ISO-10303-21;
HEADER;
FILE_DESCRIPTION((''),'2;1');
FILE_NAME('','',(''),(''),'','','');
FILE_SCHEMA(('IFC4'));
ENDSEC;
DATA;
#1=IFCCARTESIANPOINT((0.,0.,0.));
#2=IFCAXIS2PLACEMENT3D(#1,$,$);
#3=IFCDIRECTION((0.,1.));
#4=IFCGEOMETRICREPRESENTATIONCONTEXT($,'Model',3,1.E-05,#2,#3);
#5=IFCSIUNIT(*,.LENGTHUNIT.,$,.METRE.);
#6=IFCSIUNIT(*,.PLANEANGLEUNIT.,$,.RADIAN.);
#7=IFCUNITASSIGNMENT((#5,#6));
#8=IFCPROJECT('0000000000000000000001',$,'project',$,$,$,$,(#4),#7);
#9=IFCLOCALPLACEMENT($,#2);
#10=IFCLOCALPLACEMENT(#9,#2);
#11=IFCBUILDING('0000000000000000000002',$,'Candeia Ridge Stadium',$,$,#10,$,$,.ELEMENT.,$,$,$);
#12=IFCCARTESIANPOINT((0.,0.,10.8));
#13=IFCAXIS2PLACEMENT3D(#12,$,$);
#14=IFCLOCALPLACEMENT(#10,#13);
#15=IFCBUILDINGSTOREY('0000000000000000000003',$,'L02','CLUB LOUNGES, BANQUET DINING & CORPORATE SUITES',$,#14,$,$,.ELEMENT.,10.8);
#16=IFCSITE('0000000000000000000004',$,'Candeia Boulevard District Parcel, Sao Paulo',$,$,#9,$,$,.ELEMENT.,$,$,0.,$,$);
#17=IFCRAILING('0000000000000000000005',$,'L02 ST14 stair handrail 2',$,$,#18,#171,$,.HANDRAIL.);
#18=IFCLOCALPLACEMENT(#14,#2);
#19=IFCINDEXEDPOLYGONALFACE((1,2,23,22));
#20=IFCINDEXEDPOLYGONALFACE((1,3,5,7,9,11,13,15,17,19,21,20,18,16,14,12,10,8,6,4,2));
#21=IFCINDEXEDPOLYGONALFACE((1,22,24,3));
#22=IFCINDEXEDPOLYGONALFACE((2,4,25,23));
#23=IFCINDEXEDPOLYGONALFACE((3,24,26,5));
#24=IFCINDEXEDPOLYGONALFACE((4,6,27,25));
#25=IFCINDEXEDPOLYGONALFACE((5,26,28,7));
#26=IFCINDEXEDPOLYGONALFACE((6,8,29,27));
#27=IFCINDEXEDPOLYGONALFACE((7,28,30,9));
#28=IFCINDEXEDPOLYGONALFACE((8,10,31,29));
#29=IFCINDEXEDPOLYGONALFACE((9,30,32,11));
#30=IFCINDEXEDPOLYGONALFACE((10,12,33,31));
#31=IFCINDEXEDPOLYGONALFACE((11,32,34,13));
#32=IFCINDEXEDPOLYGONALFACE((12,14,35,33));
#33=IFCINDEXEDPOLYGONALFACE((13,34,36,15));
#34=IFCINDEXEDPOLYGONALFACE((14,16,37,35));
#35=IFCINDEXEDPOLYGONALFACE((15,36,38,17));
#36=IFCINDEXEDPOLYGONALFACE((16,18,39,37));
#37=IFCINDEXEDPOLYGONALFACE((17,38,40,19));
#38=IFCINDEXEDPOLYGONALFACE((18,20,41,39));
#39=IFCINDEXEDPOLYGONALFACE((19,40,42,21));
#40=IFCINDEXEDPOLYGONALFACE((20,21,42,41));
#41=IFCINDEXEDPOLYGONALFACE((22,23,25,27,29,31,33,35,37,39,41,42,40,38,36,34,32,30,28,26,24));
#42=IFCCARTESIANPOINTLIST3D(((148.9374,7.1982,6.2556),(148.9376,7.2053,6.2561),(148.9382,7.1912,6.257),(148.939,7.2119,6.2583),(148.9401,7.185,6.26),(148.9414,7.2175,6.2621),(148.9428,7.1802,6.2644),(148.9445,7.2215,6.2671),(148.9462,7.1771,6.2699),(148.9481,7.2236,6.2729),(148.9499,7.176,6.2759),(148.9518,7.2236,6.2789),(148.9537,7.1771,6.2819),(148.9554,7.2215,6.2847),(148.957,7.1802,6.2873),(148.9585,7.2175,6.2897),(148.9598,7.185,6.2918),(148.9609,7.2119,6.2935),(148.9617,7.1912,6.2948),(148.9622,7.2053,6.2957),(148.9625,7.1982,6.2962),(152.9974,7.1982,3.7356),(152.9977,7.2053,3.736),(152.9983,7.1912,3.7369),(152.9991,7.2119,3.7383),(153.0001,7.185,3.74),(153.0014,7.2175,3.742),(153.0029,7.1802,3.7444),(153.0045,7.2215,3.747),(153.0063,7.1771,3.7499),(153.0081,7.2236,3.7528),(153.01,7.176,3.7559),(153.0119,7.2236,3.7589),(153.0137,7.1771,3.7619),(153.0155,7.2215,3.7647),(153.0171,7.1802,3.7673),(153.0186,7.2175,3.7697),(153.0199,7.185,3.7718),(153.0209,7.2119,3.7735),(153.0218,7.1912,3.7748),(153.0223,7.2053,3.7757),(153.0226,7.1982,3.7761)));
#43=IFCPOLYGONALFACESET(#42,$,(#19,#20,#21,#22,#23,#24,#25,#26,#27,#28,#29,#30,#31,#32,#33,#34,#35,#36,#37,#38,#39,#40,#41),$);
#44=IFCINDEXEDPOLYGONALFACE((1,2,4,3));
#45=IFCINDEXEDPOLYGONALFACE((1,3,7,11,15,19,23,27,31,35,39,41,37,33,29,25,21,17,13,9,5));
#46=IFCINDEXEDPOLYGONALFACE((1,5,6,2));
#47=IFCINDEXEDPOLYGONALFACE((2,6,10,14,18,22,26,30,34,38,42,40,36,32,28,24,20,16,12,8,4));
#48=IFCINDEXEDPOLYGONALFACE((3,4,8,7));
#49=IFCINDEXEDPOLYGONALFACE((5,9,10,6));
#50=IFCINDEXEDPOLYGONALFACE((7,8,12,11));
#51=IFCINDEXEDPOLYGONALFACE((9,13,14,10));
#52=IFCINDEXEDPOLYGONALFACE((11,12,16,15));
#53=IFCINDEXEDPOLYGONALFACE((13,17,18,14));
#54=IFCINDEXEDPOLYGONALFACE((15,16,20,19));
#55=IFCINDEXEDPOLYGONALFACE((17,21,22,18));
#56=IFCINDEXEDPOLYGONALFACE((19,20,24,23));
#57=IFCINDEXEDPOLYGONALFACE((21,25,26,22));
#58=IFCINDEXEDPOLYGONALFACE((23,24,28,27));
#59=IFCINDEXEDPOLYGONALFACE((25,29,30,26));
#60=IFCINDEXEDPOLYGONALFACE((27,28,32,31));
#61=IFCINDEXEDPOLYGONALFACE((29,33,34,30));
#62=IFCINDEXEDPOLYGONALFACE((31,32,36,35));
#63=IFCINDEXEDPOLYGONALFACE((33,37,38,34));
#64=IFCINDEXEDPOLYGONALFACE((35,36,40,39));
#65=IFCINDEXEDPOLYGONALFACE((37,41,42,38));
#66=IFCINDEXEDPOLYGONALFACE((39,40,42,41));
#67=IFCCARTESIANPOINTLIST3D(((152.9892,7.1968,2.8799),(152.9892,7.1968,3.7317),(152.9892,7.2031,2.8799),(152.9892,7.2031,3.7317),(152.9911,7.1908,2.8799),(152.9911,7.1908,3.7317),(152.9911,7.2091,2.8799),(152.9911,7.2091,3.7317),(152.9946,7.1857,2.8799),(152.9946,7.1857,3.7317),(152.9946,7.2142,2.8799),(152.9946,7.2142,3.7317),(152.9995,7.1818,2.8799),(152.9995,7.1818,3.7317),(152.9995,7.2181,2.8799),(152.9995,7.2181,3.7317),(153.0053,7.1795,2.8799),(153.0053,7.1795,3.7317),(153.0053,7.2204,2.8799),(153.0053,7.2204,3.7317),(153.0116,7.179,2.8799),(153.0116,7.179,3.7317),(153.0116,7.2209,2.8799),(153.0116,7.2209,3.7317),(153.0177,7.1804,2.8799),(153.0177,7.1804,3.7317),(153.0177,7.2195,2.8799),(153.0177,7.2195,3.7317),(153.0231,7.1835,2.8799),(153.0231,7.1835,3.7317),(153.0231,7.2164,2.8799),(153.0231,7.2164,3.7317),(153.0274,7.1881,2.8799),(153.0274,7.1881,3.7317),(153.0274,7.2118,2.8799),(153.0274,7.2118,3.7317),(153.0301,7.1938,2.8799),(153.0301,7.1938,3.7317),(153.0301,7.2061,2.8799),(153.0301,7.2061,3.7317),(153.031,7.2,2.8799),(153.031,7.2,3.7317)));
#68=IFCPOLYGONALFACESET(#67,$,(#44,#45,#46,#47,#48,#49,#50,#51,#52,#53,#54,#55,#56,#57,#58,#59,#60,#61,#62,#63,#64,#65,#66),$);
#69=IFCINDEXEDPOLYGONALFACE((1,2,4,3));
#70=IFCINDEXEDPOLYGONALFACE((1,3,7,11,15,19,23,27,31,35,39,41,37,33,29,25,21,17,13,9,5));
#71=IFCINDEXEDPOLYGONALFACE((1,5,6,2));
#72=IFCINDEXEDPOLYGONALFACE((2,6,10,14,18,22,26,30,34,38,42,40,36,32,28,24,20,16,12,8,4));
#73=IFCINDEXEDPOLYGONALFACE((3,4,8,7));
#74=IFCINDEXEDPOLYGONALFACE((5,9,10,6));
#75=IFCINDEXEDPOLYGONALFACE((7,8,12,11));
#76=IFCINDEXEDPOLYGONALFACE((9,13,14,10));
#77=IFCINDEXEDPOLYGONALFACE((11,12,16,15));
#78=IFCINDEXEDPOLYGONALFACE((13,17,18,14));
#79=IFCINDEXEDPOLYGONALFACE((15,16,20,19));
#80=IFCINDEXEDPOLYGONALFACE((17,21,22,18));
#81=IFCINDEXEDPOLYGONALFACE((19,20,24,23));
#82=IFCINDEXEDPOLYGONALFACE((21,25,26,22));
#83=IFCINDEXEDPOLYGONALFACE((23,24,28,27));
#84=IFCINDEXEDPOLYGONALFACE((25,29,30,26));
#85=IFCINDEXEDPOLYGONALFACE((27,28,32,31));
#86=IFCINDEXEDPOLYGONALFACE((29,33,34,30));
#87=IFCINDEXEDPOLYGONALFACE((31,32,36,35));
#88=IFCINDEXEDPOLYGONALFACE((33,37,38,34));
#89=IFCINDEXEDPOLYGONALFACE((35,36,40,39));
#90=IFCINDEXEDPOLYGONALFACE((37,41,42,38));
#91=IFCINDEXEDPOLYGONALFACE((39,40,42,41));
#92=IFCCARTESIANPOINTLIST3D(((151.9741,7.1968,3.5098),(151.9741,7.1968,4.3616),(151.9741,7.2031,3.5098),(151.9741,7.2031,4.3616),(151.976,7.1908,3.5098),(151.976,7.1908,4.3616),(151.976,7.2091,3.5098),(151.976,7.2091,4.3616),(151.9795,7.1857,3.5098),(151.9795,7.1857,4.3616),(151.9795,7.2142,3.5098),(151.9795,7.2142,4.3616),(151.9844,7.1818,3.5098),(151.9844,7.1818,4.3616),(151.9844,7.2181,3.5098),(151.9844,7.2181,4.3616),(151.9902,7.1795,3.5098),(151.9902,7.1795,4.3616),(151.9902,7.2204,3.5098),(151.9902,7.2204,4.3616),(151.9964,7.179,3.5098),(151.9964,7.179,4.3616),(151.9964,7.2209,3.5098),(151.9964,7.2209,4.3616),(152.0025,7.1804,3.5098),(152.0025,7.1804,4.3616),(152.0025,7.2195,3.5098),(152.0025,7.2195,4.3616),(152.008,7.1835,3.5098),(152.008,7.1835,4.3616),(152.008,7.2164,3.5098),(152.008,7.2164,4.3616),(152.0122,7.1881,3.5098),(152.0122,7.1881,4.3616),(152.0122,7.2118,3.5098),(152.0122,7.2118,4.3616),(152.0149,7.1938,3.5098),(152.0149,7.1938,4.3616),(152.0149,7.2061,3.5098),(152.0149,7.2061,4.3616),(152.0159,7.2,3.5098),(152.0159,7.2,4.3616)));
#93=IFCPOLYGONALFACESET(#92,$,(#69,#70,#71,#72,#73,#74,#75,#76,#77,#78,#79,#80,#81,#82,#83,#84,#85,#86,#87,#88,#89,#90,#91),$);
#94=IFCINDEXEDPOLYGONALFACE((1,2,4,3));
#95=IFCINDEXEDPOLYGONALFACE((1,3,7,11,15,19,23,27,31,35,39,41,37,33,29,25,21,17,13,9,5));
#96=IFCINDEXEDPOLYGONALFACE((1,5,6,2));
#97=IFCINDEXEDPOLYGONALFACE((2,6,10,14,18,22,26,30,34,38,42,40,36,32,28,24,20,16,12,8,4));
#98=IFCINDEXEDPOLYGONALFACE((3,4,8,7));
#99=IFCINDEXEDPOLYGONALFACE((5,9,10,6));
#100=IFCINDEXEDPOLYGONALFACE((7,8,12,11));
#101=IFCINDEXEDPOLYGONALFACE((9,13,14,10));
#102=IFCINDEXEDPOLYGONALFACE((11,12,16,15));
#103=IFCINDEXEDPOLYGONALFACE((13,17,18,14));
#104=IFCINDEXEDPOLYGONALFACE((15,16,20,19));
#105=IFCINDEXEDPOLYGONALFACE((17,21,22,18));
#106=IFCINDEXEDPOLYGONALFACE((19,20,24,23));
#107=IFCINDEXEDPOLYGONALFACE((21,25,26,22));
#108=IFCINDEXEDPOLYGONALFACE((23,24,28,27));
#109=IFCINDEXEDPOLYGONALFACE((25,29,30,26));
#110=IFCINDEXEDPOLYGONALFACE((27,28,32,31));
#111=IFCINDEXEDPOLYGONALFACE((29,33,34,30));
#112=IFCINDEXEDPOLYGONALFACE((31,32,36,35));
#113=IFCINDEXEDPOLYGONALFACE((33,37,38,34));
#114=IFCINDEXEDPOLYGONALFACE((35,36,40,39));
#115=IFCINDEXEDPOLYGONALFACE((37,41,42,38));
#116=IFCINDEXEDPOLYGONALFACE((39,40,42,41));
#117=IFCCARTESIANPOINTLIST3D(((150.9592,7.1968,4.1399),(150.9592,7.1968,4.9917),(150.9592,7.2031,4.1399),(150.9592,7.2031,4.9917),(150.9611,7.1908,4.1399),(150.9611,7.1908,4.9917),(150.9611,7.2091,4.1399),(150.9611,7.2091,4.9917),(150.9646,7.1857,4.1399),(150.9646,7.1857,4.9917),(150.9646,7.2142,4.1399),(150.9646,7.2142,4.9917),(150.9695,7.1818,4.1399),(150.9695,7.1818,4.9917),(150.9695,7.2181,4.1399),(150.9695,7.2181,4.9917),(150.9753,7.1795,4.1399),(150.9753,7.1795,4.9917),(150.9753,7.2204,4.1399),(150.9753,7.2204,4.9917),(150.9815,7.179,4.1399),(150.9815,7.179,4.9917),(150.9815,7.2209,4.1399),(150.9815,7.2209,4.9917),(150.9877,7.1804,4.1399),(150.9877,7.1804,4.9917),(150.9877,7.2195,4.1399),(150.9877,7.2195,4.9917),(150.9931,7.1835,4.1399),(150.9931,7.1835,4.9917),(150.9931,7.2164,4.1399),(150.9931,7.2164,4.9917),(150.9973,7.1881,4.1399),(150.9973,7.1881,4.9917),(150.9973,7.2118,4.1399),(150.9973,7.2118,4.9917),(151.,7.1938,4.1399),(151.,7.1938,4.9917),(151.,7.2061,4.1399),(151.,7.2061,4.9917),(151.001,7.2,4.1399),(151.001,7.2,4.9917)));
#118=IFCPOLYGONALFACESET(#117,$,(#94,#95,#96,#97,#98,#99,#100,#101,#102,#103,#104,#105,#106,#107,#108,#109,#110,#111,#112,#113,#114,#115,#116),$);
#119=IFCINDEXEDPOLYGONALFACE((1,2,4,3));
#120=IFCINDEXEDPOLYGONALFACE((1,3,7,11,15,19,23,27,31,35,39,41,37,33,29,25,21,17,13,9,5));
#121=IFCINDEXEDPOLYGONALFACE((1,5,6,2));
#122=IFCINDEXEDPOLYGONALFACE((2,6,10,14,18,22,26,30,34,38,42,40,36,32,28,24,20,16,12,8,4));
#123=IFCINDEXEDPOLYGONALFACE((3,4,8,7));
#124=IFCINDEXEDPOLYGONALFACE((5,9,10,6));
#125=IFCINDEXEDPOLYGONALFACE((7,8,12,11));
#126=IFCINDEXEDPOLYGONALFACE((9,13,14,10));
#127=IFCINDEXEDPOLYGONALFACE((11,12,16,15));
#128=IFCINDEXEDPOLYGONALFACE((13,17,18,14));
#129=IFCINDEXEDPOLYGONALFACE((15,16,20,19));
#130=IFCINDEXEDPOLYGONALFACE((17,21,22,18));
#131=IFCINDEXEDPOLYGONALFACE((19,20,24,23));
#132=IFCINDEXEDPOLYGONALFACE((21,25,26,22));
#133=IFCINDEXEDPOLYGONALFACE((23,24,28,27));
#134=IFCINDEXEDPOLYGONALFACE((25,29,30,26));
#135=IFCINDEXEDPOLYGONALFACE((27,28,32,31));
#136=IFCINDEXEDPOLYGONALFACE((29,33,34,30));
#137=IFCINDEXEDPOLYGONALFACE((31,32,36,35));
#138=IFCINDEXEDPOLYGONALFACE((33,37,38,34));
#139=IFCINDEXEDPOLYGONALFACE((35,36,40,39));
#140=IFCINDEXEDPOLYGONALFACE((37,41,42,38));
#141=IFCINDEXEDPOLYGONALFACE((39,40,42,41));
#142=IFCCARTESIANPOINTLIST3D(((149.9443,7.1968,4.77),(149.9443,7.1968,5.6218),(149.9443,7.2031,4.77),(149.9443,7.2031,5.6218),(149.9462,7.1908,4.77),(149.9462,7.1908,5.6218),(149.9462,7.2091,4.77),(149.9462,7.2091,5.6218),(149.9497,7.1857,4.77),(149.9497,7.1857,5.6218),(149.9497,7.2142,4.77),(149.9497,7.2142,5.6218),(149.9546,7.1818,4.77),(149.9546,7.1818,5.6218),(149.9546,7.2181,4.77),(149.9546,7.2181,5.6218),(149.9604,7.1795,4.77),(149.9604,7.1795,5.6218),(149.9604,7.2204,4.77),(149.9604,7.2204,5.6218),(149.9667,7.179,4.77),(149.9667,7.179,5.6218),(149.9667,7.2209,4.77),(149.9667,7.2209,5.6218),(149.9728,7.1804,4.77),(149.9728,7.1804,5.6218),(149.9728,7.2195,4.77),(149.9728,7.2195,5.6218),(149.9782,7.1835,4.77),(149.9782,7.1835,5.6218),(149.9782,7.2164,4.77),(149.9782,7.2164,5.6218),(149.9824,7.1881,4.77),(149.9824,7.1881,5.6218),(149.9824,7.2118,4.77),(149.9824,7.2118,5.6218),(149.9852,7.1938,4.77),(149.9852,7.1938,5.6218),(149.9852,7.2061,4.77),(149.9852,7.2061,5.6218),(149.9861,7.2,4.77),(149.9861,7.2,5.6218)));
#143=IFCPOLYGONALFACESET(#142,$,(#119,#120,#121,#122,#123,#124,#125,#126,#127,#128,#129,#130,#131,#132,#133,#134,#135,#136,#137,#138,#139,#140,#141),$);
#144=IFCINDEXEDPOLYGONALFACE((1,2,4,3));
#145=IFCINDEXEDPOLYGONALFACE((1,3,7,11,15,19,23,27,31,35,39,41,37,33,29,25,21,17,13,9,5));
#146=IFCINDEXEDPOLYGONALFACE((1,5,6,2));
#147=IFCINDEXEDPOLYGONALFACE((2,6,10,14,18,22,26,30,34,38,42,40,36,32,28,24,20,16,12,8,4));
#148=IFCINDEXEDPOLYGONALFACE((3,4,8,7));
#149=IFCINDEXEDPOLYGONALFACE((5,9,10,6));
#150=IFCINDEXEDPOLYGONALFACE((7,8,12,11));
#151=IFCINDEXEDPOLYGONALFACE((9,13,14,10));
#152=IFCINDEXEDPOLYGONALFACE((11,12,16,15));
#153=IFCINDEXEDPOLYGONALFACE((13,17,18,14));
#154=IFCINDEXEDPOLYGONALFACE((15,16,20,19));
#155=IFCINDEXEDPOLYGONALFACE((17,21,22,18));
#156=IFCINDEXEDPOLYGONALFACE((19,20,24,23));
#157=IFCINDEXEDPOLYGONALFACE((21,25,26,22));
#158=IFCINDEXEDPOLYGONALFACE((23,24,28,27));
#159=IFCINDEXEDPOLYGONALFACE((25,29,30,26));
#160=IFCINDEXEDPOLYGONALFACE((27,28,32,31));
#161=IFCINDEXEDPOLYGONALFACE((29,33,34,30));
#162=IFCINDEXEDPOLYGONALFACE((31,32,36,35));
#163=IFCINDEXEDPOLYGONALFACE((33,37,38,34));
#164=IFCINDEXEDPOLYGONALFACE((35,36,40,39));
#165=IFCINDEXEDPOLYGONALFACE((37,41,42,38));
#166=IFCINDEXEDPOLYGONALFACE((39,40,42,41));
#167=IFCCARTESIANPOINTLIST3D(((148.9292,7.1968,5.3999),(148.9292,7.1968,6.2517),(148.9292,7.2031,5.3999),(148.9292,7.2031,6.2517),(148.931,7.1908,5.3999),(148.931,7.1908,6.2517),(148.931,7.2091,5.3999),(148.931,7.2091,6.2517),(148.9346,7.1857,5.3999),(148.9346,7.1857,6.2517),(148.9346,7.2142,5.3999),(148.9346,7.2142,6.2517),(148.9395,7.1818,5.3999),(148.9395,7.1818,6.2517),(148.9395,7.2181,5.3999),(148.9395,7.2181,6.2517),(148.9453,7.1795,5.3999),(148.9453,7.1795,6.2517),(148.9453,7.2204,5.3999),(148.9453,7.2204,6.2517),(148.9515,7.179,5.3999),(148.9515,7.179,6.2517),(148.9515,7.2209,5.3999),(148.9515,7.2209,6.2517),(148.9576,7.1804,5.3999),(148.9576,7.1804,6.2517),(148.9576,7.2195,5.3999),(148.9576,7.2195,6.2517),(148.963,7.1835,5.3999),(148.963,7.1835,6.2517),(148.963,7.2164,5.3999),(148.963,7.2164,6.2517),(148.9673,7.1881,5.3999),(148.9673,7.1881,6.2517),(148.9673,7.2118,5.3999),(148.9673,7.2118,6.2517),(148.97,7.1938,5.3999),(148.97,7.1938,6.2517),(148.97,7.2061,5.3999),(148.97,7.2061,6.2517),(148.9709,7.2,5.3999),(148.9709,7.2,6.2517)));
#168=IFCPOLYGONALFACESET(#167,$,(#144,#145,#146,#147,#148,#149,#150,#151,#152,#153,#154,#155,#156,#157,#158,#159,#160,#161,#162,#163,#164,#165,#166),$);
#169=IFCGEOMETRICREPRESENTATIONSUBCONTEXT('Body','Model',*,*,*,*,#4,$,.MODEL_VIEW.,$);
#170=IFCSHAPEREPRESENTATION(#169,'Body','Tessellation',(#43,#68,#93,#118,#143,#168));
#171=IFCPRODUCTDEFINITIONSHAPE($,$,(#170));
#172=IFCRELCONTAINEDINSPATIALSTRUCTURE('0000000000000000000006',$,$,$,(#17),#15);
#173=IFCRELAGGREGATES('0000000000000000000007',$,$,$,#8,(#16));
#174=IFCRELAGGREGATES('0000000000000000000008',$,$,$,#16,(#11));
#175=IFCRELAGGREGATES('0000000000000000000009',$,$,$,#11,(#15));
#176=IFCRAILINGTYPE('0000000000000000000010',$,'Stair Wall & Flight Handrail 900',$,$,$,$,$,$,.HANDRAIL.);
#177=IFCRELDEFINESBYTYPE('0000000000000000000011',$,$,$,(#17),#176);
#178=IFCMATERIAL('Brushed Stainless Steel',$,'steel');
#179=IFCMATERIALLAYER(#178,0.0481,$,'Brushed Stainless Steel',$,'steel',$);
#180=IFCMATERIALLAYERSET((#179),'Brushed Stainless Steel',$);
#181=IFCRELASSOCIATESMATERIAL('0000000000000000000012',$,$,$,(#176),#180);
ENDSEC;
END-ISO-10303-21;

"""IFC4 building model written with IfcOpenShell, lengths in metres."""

from ifc_helpers import new_model, si_unit, direction, frame, origin, origin_2d, place, context, subcontext, project, spatial, circle, extrude, material, layer, layer_set, type_object, element, save


model = new_model("IFC4")

# Units and contexts
model_context = context("Model", 3, precision=1e-05, world=origin(), true_north=direction((0.0, 1.0)))
body_context = subcontext(model_context, "Body", "Model", "MODEL_VIEW")
ifc_project = project(units=[si_unit("LENGTHUNIT", "METRE"), si_unit("PLANEANGLEUNIT", "RADIAN")], contexts=[model_context])

# Site, building, storey
site_placement = place(None, origin())
site = spatial("IfcSite", under=ifc_project, at=site_placement, Name="Candeia Boulevard District Parcel, Sao Paulo", CompositionType="ELEMENT", RefElevation=0.0)
building_placement = place(site_placement, origin())
building = spatial("IfcBuilding", under=site, at=building_placement, Name="Candeia Ridge Stadium", CompositionType="ELEMENT")
storey_placement = place(building_placement, frame((0.0, 0.0, 10.8)))
storey = spatial("IfcBuildingStorey", under=building, at=storey_placement, Name="L02", Description="CLUB LOUNGES, BANQUET DINING & CORPORATE SUITES", CompositionType="ELEMENT", Elevation=10.8)

# Railing
ifc_material_1 = material(Name="Brushed Stainless Steel", Category="steel")
ifc_layer_1 = layer(ifc_material_1, 0.0481, Name="Brushed Stainless Steel", Category="steel")
ifc_layer_set_1 = layer_set([ifc_layer_1], Name="Brushed Stainless Steel")
railing_type_1 = type_object("IfcRailingType", Name="Stair Wall & Flight Handrail 900", PredefinedType="HANDRAIL", material=ifc_layer_set_1)
railing_1_placement = place(storey_placement, frame((153.01, 7.2, 2.8799)))
element("IfcRailing", 1, at=railing_1_placement, inside=storey, type_object=railing_type_1, Name="L02 ST14 stair handrail 2", PredefinedType="HANDRAIL", context=body_context, shape_type="SweptSolid", body=[
    extrude(circle(Radius=0.0239, at=origin_2d()), frame((0.0, 0.0, 0.876), z_axis=(-0.849642, 0.0, 0.52736), x_axis=(0.0, -1.0, 0.0)), (0.0, 0.0, 1.0), 4.7786),
    extrude(circle(Radius=0.021, at=origin_2d()), origin(), (0.0, 0.0, 1.0), 0.8518),
    extrude(circle(Radius=0.021, at=origin_2d()), frame((-1.0151, 0.0, 0.6299)), (0.0, 0.0, 1.0), 0.8518),
    extrude(circle(Radius=0.021, at=origin_2d()), frame((-2.03, 0.0, 1.26)), (0.0, 0.0, 1.0), 0.8518),
    extrude(circle(Radius=0.021, at=origin_2d()), frame((-3.0449, 0.0, 1.8901)), (0.0, 0.0, 1.0), 0.8518),
    extrude(circle(Radius=0.021, at=origin_2d()), frame((-4.0601, 0.0, 2.52)), (0.0, 0.0, 1.0), 0.8518),
])

save(model, "model.ifc")
